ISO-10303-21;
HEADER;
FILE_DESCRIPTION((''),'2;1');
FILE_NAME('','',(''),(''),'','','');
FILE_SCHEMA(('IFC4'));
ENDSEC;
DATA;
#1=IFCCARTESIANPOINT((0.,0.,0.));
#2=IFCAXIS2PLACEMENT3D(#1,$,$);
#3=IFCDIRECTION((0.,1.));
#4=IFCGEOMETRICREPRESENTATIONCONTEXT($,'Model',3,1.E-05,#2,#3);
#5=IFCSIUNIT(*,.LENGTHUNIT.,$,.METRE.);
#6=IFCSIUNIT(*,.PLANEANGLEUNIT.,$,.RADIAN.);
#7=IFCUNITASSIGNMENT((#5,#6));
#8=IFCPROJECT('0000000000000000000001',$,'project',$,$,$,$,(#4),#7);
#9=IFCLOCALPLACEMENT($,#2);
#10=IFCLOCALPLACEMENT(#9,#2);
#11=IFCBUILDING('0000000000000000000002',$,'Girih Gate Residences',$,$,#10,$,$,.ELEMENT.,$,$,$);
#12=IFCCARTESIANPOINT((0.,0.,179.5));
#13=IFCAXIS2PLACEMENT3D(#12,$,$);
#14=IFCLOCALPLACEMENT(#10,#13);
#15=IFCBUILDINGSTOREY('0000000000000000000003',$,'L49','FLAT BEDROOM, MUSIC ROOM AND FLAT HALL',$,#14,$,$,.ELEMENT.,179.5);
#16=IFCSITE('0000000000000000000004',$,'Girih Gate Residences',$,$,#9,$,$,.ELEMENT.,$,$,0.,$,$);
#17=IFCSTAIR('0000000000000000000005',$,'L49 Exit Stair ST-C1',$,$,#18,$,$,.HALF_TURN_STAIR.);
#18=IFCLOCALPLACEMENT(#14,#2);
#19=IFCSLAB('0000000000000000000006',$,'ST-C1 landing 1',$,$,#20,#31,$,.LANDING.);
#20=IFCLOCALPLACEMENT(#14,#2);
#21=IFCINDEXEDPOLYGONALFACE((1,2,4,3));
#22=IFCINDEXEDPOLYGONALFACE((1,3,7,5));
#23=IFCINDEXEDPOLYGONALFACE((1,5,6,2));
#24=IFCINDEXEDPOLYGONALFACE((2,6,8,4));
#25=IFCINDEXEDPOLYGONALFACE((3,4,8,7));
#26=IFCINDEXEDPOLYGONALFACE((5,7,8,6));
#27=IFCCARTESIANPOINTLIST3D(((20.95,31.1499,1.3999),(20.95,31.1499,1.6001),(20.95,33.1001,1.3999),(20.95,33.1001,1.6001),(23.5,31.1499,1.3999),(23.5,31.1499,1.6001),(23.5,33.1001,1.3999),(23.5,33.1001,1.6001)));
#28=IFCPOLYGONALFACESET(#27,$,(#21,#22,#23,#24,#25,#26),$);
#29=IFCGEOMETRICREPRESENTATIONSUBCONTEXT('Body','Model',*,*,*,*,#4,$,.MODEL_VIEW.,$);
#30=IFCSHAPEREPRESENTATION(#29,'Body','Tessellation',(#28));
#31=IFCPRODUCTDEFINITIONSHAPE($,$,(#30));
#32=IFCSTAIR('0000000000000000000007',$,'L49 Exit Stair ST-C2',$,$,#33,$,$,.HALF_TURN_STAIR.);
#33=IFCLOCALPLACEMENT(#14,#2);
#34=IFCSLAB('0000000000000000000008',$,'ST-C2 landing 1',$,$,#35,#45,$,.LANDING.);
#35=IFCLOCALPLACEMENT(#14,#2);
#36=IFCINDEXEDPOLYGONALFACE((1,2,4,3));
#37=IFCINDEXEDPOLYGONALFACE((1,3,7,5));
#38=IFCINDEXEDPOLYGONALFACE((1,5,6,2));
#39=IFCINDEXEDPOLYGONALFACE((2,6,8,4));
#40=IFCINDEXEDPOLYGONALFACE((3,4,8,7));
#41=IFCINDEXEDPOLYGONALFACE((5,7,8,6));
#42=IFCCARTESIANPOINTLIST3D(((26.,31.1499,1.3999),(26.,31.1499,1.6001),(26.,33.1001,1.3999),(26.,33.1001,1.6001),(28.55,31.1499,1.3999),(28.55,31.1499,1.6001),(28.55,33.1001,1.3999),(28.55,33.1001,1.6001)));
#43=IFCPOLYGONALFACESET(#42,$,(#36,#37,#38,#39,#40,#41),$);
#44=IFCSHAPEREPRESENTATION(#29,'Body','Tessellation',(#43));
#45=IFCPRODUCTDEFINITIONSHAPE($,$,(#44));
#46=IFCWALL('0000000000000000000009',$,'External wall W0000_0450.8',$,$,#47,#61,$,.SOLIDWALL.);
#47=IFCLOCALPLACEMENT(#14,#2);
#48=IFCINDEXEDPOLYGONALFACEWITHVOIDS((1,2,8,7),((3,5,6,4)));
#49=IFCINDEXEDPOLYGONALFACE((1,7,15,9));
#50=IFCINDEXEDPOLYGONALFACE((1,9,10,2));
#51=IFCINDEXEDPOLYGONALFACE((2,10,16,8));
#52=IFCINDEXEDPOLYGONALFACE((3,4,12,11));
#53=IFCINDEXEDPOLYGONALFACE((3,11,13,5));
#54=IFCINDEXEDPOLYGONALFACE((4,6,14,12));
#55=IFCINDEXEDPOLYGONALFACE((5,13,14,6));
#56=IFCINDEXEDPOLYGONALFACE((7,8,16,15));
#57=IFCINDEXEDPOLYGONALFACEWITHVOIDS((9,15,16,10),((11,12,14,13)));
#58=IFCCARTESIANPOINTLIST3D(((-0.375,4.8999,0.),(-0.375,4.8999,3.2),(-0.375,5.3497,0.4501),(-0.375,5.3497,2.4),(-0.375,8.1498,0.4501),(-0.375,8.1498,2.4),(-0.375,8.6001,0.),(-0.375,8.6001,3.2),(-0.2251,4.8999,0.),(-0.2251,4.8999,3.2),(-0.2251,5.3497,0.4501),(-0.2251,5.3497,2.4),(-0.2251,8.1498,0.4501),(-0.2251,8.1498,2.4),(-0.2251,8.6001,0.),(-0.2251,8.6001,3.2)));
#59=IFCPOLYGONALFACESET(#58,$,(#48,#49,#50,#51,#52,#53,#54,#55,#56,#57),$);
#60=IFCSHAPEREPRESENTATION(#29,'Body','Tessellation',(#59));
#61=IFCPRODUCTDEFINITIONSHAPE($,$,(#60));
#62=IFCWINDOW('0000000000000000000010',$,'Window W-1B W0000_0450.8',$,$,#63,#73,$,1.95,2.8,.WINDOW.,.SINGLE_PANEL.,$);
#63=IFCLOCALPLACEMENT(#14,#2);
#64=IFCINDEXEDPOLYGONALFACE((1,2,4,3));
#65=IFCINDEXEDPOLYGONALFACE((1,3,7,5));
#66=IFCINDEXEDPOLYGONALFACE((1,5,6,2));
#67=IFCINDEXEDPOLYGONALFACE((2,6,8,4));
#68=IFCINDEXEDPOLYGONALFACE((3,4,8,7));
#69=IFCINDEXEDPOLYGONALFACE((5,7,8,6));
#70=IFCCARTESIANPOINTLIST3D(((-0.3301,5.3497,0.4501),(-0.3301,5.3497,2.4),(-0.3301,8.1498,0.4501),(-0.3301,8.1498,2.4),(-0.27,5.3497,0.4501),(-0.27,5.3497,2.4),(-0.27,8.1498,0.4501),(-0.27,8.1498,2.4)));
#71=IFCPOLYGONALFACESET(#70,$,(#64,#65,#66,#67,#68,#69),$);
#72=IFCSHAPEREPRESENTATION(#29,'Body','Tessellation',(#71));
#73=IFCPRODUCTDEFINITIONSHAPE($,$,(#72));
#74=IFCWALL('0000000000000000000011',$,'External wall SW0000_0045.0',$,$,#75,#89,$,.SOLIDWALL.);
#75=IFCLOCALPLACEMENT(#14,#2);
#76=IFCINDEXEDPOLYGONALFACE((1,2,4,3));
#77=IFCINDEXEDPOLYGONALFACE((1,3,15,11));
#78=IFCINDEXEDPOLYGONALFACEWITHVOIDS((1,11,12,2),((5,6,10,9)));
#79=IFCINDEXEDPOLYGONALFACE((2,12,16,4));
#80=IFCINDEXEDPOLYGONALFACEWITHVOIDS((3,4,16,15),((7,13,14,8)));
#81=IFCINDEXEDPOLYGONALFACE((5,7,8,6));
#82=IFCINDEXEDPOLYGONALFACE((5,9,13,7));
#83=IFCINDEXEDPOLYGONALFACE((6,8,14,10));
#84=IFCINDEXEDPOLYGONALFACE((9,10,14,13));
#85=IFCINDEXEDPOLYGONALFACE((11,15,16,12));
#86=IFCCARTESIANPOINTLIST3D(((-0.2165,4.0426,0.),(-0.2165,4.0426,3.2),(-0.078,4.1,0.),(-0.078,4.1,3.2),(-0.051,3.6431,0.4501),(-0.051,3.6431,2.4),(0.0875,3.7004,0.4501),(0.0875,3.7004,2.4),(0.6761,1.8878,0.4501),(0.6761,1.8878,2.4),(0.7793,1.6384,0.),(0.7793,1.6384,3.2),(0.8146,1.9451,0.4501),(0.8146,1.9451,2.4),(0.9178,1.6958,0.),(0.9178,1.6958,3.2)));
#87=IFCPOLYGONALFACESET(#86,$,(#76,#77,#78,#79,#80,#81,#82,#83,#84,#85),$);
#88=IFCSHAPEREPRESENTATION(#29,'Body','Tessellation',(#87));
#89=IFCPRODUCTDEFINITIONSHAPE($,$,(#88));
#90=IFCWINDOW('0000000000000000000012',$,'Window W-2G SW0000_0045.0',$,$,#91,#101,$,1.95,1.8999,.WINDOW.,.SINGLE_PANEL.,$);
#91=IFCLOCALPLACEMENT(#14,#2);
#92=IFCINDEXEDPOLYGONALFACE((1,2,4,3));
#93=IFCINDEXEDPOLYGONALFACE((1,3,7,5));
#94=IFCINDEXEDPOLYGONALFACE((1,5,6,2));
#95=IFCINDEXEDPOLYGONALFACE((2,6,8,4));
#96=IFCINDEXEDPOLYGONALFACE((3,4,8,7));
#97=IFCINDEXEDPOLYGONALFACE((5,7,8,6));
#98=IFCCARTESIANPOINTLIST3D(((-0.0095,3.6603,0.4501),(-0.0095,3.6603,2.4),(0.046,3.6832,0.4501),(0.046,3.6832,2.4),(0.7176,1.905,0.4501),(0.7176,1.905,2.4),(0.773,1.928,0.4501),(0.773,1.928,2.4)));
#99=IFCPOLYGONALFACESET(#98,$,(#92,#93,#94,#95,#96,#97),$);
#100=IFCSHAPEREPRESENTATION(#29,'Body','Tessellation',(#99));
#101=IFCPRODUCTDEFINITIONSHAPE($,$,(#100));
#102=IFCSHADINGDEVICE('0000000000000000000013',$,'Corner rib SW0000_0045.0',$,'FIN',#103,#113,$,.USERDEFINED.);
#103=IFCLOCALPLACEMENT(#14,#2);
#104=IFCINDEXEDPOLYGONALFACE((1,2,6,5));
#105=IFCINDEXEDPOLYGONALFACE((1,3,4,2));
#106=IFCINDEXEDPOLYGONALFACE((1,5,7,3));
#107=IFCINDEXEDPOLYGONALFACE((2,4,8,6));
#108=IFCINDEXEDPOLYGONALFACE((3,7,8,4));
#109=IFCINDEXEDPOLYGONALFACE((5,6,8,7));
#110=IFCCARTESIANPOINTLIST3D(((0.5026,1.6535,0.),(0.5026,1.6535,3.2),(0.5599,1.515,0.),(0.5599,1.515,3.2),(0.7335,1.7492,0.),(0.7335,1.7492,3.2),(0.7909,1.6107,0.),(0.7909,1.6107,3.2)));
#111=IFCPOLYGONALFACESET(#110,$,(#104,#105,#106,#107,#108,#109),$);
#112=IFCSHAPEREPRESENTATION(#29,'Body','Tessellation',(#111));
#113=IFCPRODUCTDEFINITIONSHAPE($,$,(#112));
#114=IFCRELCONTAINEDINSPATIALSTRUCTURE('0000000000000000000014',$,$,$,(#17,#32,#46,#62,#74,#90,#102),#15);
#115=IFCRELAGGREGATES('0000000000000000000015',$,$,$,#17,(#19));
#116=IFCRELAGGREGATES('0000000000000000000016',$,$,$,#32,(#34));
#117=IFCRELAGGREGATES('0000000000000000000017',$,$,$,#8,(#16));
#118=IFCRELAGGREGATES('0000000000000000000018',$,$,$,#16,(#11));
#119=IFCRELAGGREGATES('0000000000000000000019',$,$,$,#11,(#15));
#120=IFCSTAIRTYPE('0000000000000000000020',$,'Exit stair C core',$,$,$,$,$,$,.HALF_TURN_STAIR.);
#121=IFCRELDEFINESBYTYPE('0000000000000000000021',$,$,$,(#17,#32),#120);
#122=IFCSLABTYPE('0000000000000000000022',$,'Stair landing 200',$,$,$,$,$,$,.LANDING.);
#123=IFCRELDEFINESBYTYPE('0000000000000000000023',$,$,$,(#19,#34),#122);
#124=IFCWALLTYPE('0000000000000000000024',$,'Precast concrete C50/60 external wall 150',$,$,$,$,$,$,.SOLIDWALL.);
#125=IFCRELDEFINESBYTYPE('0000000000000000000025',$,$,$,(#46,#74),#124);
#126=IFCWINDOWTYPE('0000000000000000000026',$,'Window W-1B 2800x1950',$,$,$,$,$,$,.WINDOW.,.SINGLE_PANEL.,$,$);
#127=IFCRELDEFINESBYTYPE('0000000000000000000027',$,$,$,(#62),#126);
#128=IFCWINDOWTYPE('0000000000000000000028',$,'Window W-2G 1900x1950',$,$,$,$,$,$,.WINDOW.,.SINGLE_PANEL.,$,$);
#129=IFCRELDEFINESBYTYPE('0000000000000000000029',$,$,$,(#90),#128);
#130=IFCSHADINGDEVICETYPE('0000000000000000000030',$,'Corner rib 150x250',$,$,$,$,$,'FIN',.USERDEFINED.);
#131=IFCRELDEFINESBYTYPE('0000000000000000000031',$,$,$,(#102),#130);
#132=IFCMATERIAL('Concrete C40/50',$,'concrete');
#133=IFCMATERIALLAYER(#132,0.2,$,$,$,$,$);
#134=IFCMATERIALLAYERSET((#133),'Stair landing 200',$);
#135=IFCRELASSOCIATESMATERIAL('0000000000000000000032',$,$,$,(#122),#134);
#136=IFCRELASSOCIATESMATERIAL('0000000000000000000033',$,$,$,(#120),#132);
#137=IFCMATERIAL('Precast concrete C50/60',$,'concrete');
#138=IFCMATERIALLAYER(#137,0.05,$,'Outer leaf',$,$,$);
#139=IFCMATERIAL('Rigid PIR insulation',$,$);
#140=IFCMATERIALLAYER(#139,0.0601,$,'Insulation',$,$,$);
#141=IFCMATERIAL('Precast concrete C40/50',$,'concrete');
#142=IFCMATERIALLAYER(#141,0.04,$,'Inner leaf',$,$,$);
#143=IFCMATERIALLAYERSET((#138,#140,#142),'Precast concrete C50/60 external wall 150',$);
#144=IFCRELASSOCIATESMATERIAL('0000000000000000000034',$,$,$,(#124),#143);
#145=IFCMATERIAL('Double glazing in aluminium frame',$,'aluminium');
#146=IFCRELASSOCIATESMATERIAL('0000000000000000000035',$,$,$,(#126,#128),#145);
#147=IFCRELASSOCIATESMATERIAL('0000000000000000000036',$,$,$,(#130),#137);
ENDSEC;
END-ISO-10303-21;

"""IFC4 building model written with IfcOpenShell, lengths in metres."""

from ifc_helpers import new_model, si_unit, direction, frame, frame_2d, origin, origin_2d, place, context, subcontext, project, spatial, polyline, rectangle, outline, extrude, material, layer, layer_set, type_object, element, fill, aggregate, save


model = new_model("IFC4")

# Units and contexts
model_context = context("Model", 3, precision=1e-05, world=origin(), true_north=direction((0.0, 1.0)))
body_context = subcontext(model_context, "Body", "Model", "MODEL_VIEW")
ifc_project = project(units=[si_unit("LENGTHUNIT", "METRE"), si_unit("PLANEANGLEUNIT", "RADIAN")], contexts=[model_context])

# Site, building, storey
site_placement = place(None, origin())
site = spatial("IfcSite", under=ifc_project, at=site_placement, Name="Girih Gate Residences", CompositionType="ELEMENT", RefElevation=0.0)
building_placement = place(site_placement, origin())
building = spatial("IfcBuilding", under=site, at=building_placement, Name="Girih Gate Residences", CompositionType="ELEMENT")
storey_placement = place(building_placement, frame((0.0, 0.0, 179.5)))
storey = spatial("IfcBuildingStorey", under=building, at=storey_placement, Name="L49", Description="FLAT BEDROOM, MUSIC ROOM AND FLAT HALL", CompositionType="ELEMENT", Elevation=179.5)

# Shared definitions
ifc_material_1 = material(Name="Concrete C40/50", Category="concrete")

# Stairs, slabs
ifc_layer_1 = layer(ifc_material_1, 0.2)
ifc_layer_set_1 = layer_set([ifc_layer_1], Name="Stair landing 200")
slab_type_1 = type_object("IfcSlabType", Name="Stair landing 200", PredefinedType="LANDING", material=ifc_layer_set_1)
stair_type_1 = type_object("IfcStairType", Name="Exit stair C core", PredefinedType="HALF_TURN_STAIR", material=ifc_material_1)
stair_1_placement = place(storey_placement, origin())
stair_1 = element("IfcStair", 1, at=stair_1_placement, inside=storey, type_object=stair_type_1, Name="L49 Exit Stair ST-C1", PredefinedType="HALF_TURN_STAIR")
slab_1_placement = place(storey_placement, frame((0.0, 0.0, 1.3999)))
slab_1 = element("IfcSlab", 2, at=slab_1_placement, type_object=slab_type_1, Name="ST-C1 landing 1", PredefinedType="LANDING", context=body_context, shape_type="SweptSolid", body=[
    extrude(outline(polyline([(23.5, 31.1499), (23.5, 33.1001), (20.95, 33.1001), (20.95, 31.1499), (23.5, 31.1499)])), origin(), (0.0, 0.0, 1.0), 0.2002),
])
aggregate(stair_1, [slab_1])
stair_2_placement = place(storey_placement, origin())
stair_2 = element("IfcStair", 3, at=stair_2_placement, inside=storey, type_object=stair_type_1, Name="L49 Exit Stair ST-C2", PredefinedType="HALF_TURN_STAIR")
slab_2_placement = place(storey_placement, frame((0.0, 0.0, 1.3999)))
slab_2 = element("IfcSlab", 4, at=slab_2_placement, type_object=slab_type_1, Name="ST-C2 landing 1", PredefinedType="LANDING", context=body_context, shape_type="SweptSolid", body=[
    extrude(outline(polyline([(28.55, 31.1499), (28.55, 33.1001), (26.0, 33.1001), (26.0, 31.1499), (28.55, 31.1499)])), origin(), (0.0, 0.0, 1.0), 0.2002),
])
aggregate(stair_2, [slab_2])

# Walls, openings, windows
ifc_material_2 = material(Name="Precast concrete C50/60", Category="concrete")
ifc_layer_2 = layer(ifc_material_2, 0.05, Name="Outer leaf")
ifc_material_3 = material(Name="Rigid PIR insulation")
ifc_layer_3 = layer(ifc_material_3, 0.0601, Name="Insulation")
ifc_material_4 = material(Name="Precast concrete C40/50", Category="concrete")
ifc_layer_4 = layer(ifc_material_4, 0.04, Name="Inner leaf")
ifc_layer_set_2 = layer_set([ifc_layer_2, ifc_layer_3, ifc_layer_4], Name="Precast concrete C50/60 external wall 150")
wall_type = type_object("IfcWallType", Name="Precast concrete C50/60 external wall 150", PredefinedType="SOLIDWALL", material=ifc_layer_set_2)
wall_1_placement = place(storey_placement, frame((-0.3, 4.8999, 0.0), z_axis=(0.0, 0.0, 1.0), x_axis=(0.0, 1.0, 0.0)))
wall_1 = element("IfcWall", 5, at=wall_1_placement, inside=storey, type_object=wall_type, Name="External wall W0000_0450.8", PredefinedType="SOLIDWALL", context=body_context, shape_type="SweptSolid", body=[
    extrude(rectangle(XDim=3.7002, YDim=0.1499, at=frame_2d((1.8501, 0.0))), origin(), (0.0, 0.0, 1.0), 3.2),
])
opening_1_placement = place(wall_1_placement, frame((0.45, 0.0, 0.45)))
opening_1 = element("IfcOpeningElement", 6, at=opening_1_placement, cuts=wall_1, PredefinedType="OPENING", context=body_context, shape_type="SweptSolid", body=[
    extrude(rectangle(XDim=2.8, YDim=1.95, at=frame_2d((1.3999, 0.9751))), frame((0.0, 0.085, 0.0), z_axis=(0.0, -1.0, 0.0), x_axis=(1.0, 0.0, 0.0)), (0.0, 0.0, 1.0), 0.1699),
])
ifc_material_5 = material(Name="Double glazing in aluminium frame", Category="aluminium")
window_type_1 = type_object("IfcWindowType", Name="Window W-1B 2800x1950", PartitioningType="SINGLE_PANEL", PredefinedType="WINDOW", material=ifc_material_5)
window_1_placement = place(opening_1_placement, origin())
window_1 = element("IfcWindow", 7, at=window_1_placement, inside=storey, type_object=window_type_1, Name="Window W-1B W0000_0450.8", OverallHeight=1.95, OverallWidth=2.8, PartitioningType="SINGLE_PANEL", PredefinedType="WINDOW", context=body_context, shape_type="SweptSolid", body=[
    extrude(rectangle(XDim=2.8, YDim=1.95, at=frame_2d((1.3999, 0.9751))), frame((0.0, 0.03, 0.0), z_axis=(0.0, -1.0, 0.0), x_axis=(1.0, 0.0, 0.0)), (0.0, 0.0, 1.0), 0.0601),
])
fill(opening_1, window_1)
wall_2_placement = place(storey_placement, frame((0.8486, 1.667, 0.0), z_axis=(0.0, 0.0, 1.0), x_axis=(-0.382669, 0.923885, 0.0)))
wall_2 = element("IfcWall", 8, at=wall_2_placement, inside=storey, type_object=wall_type, Name="External wall SW0000_0045.0", PredefinedType="SOLIDWALL", context=body_context, shape_type="SweptSolid", body=[
    extrude(rectangle(XDim=2.6023, YDim=0.1499, at=frame_2d((1.3013, 0.0))), origin(), (0.0, 0.0, 1.0), 3.2),
])
opening_2_placement = place(wall_2_placement, frame((0.27, 0.0, 0.45)))
opening_2 = element("IfcOpeningElement", 9, at=opening_2_placement, cuts=wall_2, PredefinedType="OPENING", context=body_context, shape_type="SweptSolid", body=[
    extrude(rectangle(XDim=1.8999, YDim=1.95, at=frame_2d((0.95, 0.9751))), frame((0.0, 0.085, 0.0), z_axis=(0.0, -1.0, 0.0), x_axis=(1.0, 0.0, 0.0)), (0.0, 0.0, 1.0), 0.1699),
])
window_type_2 = type_object("IfcWindowType", Name="Window W-2G 1900x1950", PartitioningType="SINGLE_PANEL", PredefinedType="WINDOW", material=ifc_material_5)
window_2_placement = place(opening_2_placement, origin())
window_2 = element("IfcWindow", 10, at=window_2_placement, inside=storey, type_object=window_type_2, Name="Window W-2G SW0000_0045.0", OverallHeight=1.95, OverallWidth=1.8999, PartitioningType="SINGLE_PANEL", PredefinedType="WINDOW", context=body_context, shape_type="SweptSolid", body=[
    extrude(rectangle(XDim=1.8999, YDim=1.95, at=frame_2d((0.95, 0.9751))), frame((0.0, 0.03, 0.0), z_axis=(0.0, -1.0, 0.0), x_axis=(1.0, 0.0, 0.0)), (0.0, 0.0, 1.0), 0.0601),
])
fill(opening_2, window_2)

# Shading device
shading_device_type = type_object("IfcShadingDeviceType", Name="Corner rib 150x250", ElementType="FIN", PredefinedType="USERDEFINED", material=ifc_material_2)
shading_device_placement = place(storey_placement, frame((0.6467, 1.6321, 0.0), z_axis=(0.0, 0.0, 1.0), x_axis=(0.382683, -0.92388, 0.0)))
element("IfcShadingDevice", 11, at=shading_device_placement, inside=storey, type_object=shading_device_type, Name="Corner rib SW0000_0045.0", ObjectType="FIN", PredefinedType="USERDEFINED", context=body_context, shape_type="SweptSolid", body=[
    extrude(rectangle(XDim=0.1499, YDim=0.25, at=origin_2d()), origin(), (0.0, 0.0, 1.0), 3.2),
])

save(model, "model.ifc")
